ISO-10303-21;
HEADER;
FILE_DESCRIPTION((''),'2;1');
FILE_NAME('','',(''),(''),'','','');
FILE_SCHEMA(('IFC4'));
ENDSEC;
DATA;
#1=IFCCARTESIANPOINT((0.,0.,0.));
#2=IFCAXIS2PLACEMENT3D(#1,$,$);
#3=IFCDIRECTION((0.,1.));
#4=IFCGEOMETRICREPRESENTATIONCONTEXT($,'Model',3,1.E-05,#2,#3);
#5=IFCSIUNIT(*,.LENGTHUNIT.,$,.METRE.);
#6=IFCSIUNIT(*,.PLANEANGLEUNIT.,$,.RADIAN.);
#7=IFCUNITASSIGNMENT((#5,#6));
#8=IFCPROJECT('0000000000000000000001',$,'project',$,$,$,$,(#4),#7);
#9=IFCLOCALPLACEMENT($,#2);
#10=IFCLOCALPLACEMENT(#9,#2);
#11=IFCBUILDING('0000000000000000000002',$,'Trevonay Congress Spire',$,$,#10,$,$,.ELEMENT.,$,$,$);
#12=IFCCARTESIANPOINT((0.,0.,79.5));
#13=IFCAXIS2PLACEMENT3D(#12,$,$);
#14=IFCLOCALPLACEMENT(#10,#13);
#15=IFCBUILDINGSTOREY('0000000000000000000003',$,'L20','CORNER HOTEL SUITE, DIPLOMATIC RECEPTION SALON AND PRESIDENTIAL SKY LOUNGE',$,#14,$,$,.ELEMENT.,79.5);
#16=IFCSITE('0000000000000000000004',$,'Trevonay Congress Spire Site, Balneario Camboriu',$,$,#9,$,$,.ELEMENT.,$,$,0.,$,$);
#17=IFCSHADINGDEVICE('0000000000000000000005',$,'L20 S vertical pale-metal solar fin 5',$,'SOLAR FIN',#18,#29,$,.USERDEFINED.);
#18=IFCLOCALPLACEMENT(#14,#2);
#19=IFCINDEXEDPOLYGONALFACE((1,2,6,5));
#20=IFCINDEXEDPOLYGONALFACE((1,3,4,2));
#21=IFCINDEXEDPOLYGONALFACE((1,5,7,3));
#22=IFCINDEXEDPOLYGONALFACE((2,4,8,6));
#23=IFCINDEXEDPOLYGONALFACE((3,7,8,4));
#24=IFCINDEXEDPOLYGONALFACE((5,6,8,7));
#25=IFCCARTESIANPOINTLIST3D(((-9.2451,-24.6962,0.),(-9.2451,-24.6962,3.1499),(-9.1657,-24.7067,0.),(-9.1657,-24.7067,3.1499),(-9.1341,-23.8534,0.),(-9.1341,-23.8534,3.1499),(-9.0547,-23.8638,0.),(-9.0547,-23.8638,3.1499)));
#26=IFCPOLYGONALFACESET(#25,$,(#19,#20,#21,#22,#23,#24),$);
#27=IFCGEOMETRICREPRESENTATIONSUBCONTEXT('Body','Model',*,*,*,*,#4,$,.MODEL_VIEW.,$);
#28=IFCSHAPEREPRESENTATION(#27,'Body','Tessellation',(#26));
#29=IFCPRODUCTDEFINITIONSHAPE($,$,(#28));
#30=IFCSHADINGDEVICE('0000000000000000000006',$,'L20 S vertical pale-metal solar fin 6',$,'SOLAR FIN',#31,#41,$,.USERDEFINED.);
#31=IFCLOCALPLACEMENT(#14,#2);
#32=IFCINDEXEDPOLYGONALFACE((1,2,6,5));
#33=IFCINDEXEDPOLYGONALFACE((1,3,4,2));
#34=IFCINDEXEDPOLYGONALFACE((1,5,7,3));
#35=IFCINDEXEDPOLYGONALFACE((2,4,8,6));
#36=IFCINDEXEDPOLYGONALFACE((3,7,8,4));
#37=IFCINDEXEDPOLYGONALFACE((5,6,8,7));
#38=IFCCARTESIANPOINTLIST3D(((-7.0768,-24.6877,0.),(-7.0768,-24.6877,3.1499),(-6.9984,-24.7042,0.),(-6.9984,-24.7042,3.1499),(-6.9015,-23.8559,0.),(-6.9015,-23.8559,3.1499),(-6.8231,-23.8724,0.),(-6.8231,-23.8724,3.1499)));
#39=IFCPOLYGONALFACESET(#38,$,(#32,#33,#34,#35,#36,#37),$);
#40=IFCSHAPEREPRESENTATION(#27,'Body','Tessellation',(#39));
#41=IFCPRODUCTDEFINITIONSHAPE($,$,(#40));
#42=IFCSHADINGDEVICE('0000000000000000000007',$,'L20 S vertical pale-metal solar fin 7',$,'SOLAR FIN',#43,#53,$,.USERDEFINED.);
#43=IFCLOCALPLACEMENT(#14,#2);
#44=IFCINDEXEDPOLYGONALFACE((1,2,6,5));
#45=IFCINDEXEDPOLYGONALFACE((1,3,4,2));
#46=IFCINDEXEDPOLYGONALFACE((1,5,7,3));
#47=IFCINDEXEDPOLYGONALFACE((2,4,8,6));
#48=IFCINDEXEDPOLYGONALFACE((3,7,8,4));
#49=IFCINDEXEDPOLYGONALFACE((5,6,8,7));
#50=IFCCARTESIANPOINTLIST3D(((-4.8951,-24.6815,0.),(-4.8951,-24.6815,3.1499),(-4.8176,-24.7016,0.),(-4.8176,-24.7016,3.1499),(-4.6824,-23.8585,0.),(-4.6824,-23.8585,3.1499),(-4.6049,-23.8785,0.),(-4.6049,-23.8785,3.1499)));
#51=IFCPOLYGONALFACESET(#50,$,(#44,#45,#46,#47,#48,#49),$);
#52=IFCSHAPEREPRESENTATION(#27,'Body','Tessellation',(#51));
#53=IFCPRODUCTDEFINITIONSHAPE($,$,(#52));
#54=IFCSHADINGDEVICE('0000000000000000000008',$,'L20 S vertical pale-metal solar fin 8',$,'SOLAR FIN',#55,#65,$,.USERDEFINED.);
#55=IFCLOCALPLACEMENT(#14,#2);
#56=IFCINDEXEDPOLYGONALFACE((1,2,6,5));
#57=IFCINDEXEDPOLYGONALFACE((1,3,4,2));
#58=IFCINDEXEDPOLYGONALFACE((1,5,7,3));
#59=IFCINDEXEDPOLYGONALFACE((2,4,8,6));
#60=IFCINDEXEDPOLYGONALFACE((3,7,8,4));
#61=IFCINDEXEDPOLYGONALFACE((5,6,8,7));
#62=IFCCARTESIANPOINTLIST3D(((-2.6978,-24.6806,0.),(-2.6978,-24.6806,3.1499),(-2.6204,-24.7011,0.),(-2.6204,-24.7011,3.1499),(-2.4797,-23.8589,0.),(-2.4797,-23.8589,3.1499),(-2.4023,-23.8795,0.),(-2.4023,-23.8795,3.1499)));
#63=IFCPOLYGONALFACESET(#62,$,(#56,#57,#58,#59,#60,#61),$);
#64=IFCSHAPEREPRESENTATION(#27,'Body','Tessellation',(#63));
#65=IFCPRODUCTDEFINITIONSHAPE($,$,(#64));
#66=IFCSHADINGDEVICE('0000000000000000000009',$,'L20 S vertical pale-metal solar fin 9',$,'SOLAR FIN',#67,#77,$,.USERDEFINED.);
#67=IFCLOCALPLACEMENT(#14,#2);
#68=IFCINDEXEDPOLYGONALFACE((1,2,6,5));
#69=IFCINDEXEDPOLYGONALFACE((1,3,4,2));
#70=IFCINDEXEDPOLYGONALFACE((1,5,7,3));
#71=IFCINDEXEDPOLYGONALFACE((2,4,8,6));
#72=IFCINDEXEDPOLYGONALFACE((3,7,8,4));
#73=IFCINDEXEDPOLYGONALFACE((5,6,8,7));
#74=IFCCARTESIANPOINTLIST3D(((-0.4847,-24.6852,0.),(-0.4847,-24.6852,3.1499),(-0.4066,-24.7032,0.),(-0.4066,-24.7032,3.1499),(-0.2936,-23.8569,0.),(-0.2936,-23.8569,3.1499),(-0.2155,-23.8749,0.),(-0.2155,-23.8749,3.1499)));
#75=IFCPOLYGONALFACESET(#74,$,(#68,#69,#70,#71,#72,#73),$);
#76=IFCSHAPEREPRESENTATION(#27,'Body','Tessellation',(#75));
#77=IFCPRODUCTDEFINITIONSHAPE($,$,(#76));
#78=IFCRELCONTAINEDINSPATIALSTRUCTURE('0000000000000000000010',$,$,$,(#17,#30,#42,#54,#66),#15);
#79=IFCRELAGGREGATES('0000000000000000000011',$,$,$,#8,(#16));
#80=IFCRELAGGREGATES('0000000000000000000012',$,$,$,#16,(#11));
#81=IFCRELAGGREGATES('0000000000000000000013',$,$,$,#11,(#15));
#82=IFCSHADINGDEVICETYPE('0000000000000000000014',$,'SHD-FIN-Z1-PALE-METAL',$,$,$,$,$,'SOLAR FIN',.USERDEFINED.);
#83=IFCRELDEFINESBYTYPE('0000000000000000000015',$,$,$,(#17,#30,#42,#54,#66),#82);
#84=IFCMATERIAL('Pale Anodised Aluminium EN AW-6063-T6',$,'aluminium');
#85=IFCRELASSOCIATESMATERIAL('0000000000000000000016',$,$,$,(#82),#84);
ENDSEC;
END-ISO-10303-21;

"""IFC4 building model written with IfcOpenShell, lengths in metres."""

from ifc_helpers import new_model, si_unit, direction, frame, origin, origin_2d, place, context, subcontext, project, spatial, rectangle, extrude, material, type_object, element, save


model = new_model("IFC4")

# Units and contexts
model_context = context("Model", 3, precision=1e-05, world=origin(), true_north=direction((0.0, 1.0)))
body_context = subcontext(model_context, "Body", "Model", "MODEL_VIEW")
ifc_project = project(units=[si_unit("LENGTHUNIT", "METRE"), si_unit("PLANEANGLEUNIT", "RADIAN")], contexts=[model_context])

# Site, building, storey
site_placement = place(None, origin())
site = spatial("IfcSite", under=ifc_project, at=site_placement, Name="Trevonay Congress Spire Site, Balneario Camboriu", CompositionType="ELEMENT", RefElevation=0.0)
building_placement = place(site_placement, origin())
building = spatial("IfcBuilding", under=site, at=building_placement, Name="Trevonay Congress Spire", CompositionType="ELEMENT")
storey_placement = place(building_placement, frame((0.0, 0.0, 79.5)))
storey = spatial("IfcBuildingStorey", under=building, at=storey_placement, Name="L20", Description="CORNER HOTEL SUITE, DIPLOMATIC RECEPTION SALON AND PRESIDENTIAL SKY LOUNGE", CompositionType="ELEMENT", Elevation=79.5)

# Shared definitions
ifc_material_1 = material(Name="Pale Anodised Aluminium EN AW-6063-T6", Category="aluminium")

# Shading devices
shading_device_type = type_object("IfcShadingDeviceType", Name="SHD-FIN-Z1-PALE-METAL", ElementType="SOLAR FIN", PredefinedType="USERDEFINED", material=ifc_material_1)
for number, where, z_axis, x_axis, name in (
    (1, (-9.1499, -24.28, 0.0), (0.0, 0.0, 1.0), (0.991445, -0.130526, 0.0), "L20 S vertical pale-metal solar fin 5"),
    (2, (-6.95, -24.28, 0.0), (0.0, 0.0, 1.0), (0.978509, -0.206204, 0.0), "L20 S vertical pale-metal solar fin 6"),
    (3, (-4.75, -24.28, 0.0), (0.0, 0.0, 1.0), (0.968191, -0.250211, 0.0), "L20 S vertical pale-metal solar fin 7"),
    (4, (-2.55, -24.28, 0.0), (0.0, 0.0, 1.0), (0.966511, -0.256627, 0.0), "L20 S vertical pale-metal solar fin 8"),
    (5, (-0.3501, -24.28, 0.0), (0.0, 0.0, 1.0), (0.974409, -0.224781, 0.0), "L20 S vertical pale-metal solar fin 9"),
):
    element("IfcShadingDevice", number, at=place(storey_placement, frame(where, z_axis=z_axis, x_axis=x_axis)), inside=storey, type_object=shading_device_type, Name=name, ObjectType="SOLAR FIN", PredefinedType="USERDEFINED", context=body_context, shape_type="SweptSolid", body=[
        extrude(rectangle(XDim=0.0801, YDim=0.8501, at=origin_2d()), origin(), (0.0, 0.0, 1.0), 3.1499),
    ])

save(model, "model.ifc")
